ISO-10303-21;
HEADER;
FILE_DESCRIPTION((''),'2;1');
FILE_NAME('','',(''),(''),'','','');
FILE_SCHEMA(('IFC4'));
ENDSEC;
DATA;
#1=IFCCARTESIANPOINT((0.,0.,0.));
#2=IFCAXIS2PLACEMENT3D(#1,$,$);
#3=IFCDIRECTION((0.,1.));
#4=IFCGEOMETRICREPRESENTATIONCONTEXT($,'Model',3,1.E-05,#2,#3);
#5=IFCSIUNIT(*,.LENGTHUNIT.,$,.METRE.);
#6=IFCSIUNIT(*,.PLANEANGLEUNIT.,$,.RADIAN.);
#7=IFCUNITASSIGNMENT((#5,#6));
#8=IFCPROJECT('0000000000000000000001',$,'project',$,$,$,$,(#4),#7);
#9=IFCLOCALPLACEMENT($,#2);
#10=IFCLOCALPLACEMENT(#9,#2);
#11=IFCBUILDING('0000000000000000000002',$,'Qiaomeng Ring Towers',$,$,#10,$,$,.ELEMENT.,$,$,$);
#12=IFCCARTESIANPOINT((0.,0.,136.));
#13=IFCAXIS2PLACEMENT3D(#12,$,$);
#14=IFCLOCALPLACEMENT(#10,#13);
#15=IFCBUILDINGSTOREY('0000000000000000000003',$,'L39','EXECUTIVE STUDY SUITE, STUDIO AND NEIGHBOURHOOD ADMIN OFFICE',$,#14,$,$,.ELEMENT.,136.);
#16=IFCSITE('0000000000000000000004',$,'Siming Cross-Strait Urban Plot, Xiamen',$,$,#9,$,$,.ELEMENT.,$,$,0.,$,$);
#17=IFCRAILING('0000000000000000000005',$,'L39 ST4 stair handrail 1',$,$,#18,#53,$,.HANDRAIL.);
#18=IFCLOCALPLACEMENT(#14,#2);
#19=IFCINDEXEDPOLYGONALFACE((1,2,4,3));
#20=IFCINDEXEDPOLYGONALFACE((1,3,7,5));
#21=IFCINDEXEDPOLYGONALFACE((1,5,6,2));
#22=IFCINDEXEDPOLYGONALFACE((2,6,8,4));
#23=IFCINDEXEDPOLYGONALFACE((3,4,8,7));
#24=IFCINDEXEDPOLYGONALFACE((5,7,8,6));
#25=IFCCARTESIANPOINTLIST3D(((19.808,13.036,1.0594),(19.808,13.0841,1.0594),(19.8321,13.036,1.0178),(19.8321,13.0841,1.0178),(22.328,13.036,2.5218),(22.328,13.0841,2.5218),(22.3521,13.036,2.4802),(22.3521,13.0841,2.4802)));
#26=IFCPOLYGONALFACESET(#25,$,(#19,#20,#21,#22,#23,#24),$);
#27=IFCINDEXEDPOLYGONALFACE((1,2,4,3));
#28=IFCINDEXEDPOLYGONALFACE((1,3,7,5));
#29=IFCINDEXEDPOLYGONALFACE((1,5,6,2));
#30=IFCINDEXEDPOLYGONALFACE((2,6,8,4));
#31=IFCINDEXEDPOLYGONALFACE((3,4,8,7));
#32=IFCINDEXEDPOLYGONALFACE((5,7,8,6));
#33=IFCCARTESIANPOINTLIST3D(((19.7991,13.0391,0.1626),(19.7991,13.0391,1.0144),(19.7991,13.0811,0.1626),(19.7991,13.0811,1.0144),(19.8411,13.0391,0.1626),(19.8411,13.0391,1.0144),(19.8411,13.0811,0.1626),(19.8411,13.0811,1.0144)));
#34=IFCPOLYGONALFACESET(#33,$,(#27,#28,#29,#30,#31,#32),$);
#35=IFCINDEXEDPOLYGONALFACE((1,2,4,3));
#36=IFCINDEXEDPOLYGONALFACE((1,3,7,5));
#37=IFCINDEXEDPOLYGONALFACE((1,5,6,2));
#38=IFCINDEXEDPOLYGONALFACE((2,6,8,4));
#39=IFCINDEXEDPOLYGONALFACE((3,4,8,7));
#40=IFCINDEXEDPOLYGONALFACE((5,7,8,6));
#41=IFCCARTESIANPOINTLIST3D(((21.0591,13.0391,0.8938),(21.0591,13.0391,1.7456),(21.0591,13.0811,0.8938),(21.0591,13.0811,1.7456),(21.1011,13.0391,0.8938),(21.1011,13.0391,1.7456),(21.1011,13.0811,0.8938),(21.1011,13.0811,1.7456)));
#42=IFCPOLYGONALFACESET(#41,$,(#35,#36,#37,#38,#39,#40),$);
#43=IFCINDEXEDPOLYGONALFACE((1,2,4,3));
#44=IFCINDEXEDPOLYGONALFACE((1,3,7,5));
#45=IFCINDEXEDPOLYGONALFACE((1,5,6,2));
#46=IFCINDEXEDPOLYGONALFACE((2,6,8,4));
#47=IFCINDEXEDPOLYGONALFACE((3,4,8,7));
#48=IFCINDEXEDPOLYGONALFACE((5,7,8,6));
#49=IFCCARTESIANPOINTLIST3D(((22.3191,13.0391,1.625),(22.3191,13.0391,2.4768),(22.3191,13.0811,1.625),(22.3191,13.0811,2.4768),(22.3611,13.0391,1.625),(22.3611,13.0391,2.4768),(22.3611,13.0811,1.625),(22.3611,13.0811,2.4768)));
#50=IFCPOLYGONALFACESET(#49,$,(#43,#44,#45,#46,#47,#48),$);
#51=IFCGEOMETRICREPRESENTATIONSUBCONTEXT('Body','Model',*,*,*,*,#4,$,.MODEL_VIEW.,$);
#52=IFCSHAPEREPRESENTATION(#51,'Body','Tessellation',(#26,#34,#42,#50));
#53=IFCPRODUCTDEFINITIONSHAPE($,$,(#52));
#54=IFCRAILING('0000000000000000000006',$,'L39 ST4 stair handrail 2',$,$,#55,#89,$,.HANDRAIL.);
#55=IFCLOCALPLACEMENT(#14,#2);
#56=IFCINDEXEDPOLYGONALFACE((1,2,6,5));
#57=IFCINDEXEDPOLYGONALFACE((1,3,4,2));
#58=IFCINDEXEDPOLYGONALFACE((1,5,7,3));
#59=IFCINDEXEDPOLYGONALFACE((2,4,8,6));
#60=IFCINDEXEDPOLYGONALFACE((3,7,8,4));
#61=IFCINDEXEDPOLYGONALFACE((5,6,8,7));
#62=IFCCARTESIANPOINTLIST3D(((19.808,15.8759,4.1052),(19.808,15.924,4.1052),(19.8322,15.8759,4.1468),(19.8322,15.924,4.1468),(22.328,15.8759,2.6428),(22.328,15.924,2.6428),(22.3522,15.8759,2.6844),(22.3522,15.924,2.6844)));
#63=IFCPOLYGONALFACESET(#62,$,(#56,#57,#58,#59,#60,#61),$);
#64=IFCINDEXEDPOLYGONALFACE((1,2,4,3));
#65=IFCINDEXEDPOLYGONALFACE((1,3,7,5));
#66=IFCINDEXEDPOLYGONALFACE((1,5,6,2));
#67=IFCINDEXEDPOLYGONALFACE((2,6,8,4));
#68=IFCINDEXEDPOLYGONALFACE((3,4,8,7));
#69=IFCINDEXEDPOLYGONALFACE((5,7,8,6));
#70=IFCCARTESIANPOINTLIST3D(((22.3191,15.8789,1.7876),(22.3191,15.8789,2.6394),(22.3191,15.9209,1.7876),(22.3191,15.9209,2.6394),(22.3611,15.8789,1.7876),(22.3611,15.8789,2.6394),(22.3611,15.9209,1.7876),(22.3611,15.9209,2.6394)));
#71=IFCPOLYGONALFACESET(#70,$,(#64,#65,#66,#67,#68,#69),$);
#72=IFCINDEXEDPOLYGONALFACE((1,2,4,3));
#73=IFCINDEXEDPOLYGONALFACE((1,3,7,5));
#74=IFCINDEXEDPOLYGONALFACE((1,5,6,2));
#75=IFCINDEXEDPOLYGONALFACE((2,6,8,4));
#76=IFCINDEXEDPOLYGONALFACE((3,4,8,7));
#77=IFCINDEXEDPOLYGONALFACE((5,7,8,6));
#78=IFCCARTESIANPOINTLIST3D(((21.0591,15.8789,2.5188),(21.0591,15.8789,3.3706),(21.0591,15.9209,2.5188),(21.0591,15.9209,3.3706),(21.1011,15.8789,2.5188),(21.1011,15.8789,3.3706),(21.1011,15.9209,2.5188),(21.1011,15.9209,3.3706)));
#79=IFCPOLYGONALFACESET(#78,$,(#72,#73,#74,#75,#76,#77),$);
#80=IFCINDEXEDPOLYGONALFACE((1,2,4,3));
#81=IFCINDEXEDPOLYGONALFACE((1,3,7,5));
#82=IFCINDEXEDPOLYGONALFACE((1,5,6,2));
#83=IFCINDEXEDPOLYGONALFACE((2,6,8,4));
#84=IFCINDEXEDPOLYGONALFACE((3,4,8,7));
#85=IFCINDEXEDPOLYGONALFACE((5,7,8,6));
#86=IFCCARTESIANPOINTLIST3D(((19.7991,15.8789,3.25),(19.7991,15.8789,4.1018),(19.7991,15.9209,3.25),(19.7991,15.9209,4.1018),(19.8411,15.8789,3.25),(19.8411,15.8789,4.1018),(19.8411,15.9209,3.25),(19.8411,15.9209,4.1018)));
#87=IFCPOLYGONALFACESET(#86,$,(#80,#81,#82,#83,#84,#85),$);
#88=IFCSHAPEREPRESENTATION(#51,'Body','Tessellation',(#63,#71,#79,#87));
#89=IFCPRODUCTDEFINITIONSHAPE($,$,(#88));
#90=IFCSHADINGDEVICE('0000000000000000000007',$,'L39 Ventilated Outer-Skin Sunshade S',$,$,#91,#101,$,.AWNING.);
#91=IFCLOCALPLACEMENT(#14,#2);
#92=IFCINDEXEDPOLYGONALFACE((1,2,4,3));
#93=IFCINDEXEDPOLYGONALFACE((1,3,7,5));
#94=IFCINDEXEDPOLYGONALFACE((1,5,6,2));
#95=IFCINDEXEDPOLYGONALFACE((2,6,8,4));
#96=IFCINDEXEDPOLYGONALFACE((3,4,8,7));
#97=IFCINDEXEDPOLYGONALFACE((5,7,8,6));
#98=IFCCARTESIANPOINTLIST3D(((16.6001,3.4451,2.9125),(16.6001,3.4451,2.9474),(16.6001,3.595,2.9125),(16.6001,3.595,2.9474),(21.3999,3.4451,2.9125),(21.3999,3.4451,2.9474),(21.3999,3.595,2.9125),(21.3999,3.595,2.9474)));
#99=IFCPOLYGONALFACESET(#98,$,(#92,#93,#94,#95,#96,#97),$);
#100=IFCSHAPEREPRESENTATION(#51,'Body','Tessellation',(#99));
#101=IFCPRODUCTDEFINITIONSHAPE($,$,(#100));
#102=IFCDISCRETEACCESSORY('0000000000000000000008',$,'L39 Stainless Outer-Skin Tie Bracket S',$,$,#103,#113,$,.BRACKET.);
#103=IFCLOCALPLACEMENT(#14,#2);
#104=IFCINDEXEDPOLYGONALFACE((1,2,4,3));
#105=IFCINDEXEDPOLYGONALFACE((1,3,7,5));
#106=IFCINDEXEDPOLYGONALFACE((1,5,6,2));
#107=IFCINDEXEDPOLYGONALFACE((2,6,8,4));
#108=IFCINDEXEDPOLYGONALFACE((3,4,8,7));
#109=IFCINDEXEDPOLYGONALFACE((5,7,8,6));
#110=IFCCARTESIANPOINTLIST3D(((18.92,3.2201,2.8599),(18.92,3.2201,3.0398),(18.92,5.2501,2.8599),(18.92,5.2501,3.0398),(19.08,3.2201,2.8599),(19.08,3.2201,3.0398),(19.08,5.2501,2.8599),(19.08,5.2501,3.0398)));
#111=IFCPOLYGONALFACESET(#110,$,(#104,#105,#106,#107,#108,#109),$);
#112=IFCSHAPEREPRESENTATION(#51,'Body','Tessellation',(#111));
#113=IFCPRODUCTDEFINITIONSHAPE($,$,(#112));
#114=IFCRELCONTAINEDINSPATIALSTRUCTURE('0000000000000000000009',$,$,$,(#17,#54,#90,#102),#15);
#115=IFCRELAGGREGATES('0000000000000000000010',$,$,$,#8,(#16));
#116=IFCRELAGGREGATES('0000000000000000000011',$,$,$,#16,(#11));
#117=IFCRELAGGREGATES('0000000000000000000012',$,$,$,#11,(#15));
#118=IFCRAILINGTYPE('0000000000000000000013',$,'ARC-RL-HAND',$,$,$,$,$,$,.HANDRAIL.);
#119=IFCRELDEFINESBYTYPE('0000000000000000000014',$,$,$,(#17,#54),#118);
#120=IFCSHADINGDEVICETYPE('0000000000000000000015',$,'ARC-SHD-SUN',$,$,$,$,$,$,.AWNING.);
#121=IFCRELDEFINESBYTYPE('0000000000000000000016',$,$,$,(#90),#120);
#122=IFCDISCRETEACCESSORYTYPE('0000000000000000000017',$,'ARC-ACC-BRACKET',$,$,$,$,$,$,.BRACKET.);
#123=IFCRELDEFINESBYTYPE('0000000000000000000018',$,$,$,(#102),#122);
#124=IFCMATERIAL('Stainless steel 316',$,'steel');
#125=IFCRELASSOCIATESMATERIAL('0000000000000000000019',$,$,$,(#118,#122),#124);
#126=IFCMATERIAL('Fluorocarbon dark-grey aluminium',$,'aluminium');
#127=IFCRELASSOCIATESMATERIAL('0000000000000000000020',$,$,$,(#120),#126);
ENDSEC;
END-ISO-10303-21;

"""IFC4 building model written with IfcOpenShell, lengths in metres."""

from ifc_helpers import new_model, si_unit, direction, frame, origin, origin_2d, place, context, subcontext, project, spatial, rectangle, extrude, source, transform, mapped, material, material_profile, profile_set, type_object, element, save


model = new_model("IFC4")

# Units and contexts
model_context = context("Model", 3, precision=1e-05, world=origin(), true_north=direction((0.0, 1.0)))
body_context = subcontext(model_context, "Body", "Model", "MODEL_VIEW")
ifc_project = project(units=[si_unit("LENGTHUNIT", "METRE"), si_unit("PLANEANGLEUNIT", "RADIAN")], contexts=[model_context])

# Site, building, storey
site_placement = place(None, origin())
site = spatial("IfcSite", under=ifc_project, at=site_placement, Name="Siming Cross-Strait Urban Plot, Xiamen", CompositionType="ELEMENT", RefElevation=0.0)
building_placement = place(site_placement, origin())
building = spatial("IfcBuilding", under=site, at=building_placement, Name="Qiaomeng Ring Towers", CompositionType="ELEMENT")
storey_placement = place(building_placement, frame((0.0, 0.0, 136.0)))
storey = spatial("IfcBuildingStorey", under=building, at=storey_placement, Name="L39", Description="EXECUTIVE STUDY SUITE, STUDIO AND NEIGHBOURHOOD ADMIN OFFICE", CompositionType="ELEMENT", Elevation=136.0)

# Shared definitions
ifc_material_1 = material(Name="Fluorocarbon dark-grey aluminium", Category="aluminium")

# Railings
ifc_material_2 = material(Name="Stainless steel 316", Category="steel")
railing_type_1 = type_object("IfcRailingType", Name="ARC-RL-HAND", PredefinedType="HANDRAIL", material=ifc_material_2)
railing_1_placement = place(storey_placement, frame((19.8201, 13.0601, 0.1626)))
element("IfcRailing", 1, at=railing_1_placement, inside=storey, type_object=railing_type_1, Name="L39 ST4 stair handrail 1", PredefinedType="HANDRAIL", context=body_context, shape_type="SweptSolid", body=[
    extrude(rectangle(XDim=0.0481, YDim=0.0481, at=origin_2d()), frame((0.0, 0.0, 0.876), z_axis=(0.864913, 0.0, 0.501921), x_axis=(0.0, 1.0, 0.0)), (0.0, 0.0, 1.0), 2.9136),
    extrude(rectangle(XDim=0.042, YDim=0.042, at=origin_2d()), origin(), (0.0, 0.0, 1.0), 0.8518),
    extrude(rectangle(XDim=0.042, YDim=0.042, at=origin_2d()), frame((1.26, 0.0, 0.7312)), (0.0, 0.0, 1.0), 0.8518),
    extrude(rectangle(XDim=0.042, YDim=0.042, at=origin_2d()), frame((2.52, 0.0, 1.4624)), (0.0, 0.0, 1.0), 0.8518),
])
railing_2_placement = place(storey_placement, frame((22.3401, 15.8999, 1.7876)))
element("IfcRailing", 2, at=railing_2_placement, inside=storey, type_object=railing_type_1, Name="L39 ST4 stair handrail 2", PredefinedType="HANDRAIL", context=body_context, shape_type="SweptSolid", body=[
    extrude(rectangle(XDim=0.0481, YDim=0.0481, at=origin_2d()), frame((0.0, 0.0, 0.876), z_axis=(-0.864913, 0.0, 0.501921), x_axis=(0.0, -1.0, 0.0)), (0.0, 0.0, 1.0), 2.9136),
    extrude(rectangle(XDim=0.042, YDim=0.042, at=origin_2d()), origin(), (0.0, 0.0, 1.0), 0.8518),
    extrude(rectangle(XDim=0.042, YDim=0.042, at=origin_2d()), frame((-1.26, 0.0, 0.7312)), (0.0, 0.0, 1.0), 0.8518),
    extrude(rectangle(XDim=0.042, YDim=0.042, at=origin_2d()), frame((-2.52, 0.0, 1.4624)), (0.0, 0.0, 1.0), 0.8518),
])

# Shading device
ifc_material_profile_1 = material_profile(ifc_material_1, rectangle(XDim=0.1499, YDim=0.0349, at=origin_2d()), Name="LV BLADE 150x35")
ifc_profile_set_1 = profile_set([ifc_material_profile_1], Name="Fluorocarbon dark-grey aluminium")
shading_device_type = type_object("IfcShadingDeviceType", Name="ARC-SHD-SUN", PredefinedType="AWNING", material=ifc_profile_set_1)
shared_shape_1 = source(origin(), body_context, "Body", "SweptSolid", [
    extrude(rectangle(XDim=0.1499, YDim=0.0349, at=origin_2d()), origin(), (0.0, 0.0, 1.0), 4.7998),
])
shading_device_placement = place(storey_placement, frame((16.6001, 3.52, 2.9299), z_axis=(1.0, 0.0, 0.0), x_axis=(0.0, 1.0, 0.0)))
element("IfcShadingDevice", 3, at=shading_device_placement, inside=storey, type_object=shading_device_type, Name="L39 Ventilated Outer-Skin Sunshade S", PredefinedType="AWNING", context=body_context, shape_type="MappedRepresentation", body=[
    mapped(shared_shape_1, transform((0.0, 0.0, 0.0), x_axis=(1.0, 0.0, 0.0), y_axis=(0.0, 1.0, 0.0), z_axis=(0.0, 0.0, 1.0), scale=1.0)),
])

# Discrete accessory
discrete_accessory_type = type_object("IfcDiscreteAccessoryType", Name="ARC-ACC-BRACKET", PredefinedType="BRACKET", material=ifc_material_2)
shared_shape_2 = source(origin(), body_context, "Body", "SweptSolid", [
    extrude(rectangle(XDim=0.1599, YDim=2.03, at=origin_2d()), origin(), (0.0, 0.0, 1.0), 0.1799),
])
discrete_accessory_placement = place(storey_placement, frame((19.0, 4.2351, 2.8599), z_axis=(0.0, 0.0, 1.0), x_axis=(1.0, 0.0, 0.0)))
element("IfcDiscreteAccessory", 4, at=discrete_accessory_placement, inside=storey, type_object=discrete_accessory_type, Name="L39 Stainless Outer-Skin Tie Bracket S", PredefinedType="BRACKET", context=body_context, shape_type="MappedRepresentation", body=[
    mapped(shared_shape_2, transform((0.0, 0.0, 0.0), x_axis=(1.0, 0.0, 0.0), y_axis=(0.0, 1.0, 0.0), z_axis=(0.0, 0.0, 1.0), scale=1.0)),
])

save(model, "model.ifc")
